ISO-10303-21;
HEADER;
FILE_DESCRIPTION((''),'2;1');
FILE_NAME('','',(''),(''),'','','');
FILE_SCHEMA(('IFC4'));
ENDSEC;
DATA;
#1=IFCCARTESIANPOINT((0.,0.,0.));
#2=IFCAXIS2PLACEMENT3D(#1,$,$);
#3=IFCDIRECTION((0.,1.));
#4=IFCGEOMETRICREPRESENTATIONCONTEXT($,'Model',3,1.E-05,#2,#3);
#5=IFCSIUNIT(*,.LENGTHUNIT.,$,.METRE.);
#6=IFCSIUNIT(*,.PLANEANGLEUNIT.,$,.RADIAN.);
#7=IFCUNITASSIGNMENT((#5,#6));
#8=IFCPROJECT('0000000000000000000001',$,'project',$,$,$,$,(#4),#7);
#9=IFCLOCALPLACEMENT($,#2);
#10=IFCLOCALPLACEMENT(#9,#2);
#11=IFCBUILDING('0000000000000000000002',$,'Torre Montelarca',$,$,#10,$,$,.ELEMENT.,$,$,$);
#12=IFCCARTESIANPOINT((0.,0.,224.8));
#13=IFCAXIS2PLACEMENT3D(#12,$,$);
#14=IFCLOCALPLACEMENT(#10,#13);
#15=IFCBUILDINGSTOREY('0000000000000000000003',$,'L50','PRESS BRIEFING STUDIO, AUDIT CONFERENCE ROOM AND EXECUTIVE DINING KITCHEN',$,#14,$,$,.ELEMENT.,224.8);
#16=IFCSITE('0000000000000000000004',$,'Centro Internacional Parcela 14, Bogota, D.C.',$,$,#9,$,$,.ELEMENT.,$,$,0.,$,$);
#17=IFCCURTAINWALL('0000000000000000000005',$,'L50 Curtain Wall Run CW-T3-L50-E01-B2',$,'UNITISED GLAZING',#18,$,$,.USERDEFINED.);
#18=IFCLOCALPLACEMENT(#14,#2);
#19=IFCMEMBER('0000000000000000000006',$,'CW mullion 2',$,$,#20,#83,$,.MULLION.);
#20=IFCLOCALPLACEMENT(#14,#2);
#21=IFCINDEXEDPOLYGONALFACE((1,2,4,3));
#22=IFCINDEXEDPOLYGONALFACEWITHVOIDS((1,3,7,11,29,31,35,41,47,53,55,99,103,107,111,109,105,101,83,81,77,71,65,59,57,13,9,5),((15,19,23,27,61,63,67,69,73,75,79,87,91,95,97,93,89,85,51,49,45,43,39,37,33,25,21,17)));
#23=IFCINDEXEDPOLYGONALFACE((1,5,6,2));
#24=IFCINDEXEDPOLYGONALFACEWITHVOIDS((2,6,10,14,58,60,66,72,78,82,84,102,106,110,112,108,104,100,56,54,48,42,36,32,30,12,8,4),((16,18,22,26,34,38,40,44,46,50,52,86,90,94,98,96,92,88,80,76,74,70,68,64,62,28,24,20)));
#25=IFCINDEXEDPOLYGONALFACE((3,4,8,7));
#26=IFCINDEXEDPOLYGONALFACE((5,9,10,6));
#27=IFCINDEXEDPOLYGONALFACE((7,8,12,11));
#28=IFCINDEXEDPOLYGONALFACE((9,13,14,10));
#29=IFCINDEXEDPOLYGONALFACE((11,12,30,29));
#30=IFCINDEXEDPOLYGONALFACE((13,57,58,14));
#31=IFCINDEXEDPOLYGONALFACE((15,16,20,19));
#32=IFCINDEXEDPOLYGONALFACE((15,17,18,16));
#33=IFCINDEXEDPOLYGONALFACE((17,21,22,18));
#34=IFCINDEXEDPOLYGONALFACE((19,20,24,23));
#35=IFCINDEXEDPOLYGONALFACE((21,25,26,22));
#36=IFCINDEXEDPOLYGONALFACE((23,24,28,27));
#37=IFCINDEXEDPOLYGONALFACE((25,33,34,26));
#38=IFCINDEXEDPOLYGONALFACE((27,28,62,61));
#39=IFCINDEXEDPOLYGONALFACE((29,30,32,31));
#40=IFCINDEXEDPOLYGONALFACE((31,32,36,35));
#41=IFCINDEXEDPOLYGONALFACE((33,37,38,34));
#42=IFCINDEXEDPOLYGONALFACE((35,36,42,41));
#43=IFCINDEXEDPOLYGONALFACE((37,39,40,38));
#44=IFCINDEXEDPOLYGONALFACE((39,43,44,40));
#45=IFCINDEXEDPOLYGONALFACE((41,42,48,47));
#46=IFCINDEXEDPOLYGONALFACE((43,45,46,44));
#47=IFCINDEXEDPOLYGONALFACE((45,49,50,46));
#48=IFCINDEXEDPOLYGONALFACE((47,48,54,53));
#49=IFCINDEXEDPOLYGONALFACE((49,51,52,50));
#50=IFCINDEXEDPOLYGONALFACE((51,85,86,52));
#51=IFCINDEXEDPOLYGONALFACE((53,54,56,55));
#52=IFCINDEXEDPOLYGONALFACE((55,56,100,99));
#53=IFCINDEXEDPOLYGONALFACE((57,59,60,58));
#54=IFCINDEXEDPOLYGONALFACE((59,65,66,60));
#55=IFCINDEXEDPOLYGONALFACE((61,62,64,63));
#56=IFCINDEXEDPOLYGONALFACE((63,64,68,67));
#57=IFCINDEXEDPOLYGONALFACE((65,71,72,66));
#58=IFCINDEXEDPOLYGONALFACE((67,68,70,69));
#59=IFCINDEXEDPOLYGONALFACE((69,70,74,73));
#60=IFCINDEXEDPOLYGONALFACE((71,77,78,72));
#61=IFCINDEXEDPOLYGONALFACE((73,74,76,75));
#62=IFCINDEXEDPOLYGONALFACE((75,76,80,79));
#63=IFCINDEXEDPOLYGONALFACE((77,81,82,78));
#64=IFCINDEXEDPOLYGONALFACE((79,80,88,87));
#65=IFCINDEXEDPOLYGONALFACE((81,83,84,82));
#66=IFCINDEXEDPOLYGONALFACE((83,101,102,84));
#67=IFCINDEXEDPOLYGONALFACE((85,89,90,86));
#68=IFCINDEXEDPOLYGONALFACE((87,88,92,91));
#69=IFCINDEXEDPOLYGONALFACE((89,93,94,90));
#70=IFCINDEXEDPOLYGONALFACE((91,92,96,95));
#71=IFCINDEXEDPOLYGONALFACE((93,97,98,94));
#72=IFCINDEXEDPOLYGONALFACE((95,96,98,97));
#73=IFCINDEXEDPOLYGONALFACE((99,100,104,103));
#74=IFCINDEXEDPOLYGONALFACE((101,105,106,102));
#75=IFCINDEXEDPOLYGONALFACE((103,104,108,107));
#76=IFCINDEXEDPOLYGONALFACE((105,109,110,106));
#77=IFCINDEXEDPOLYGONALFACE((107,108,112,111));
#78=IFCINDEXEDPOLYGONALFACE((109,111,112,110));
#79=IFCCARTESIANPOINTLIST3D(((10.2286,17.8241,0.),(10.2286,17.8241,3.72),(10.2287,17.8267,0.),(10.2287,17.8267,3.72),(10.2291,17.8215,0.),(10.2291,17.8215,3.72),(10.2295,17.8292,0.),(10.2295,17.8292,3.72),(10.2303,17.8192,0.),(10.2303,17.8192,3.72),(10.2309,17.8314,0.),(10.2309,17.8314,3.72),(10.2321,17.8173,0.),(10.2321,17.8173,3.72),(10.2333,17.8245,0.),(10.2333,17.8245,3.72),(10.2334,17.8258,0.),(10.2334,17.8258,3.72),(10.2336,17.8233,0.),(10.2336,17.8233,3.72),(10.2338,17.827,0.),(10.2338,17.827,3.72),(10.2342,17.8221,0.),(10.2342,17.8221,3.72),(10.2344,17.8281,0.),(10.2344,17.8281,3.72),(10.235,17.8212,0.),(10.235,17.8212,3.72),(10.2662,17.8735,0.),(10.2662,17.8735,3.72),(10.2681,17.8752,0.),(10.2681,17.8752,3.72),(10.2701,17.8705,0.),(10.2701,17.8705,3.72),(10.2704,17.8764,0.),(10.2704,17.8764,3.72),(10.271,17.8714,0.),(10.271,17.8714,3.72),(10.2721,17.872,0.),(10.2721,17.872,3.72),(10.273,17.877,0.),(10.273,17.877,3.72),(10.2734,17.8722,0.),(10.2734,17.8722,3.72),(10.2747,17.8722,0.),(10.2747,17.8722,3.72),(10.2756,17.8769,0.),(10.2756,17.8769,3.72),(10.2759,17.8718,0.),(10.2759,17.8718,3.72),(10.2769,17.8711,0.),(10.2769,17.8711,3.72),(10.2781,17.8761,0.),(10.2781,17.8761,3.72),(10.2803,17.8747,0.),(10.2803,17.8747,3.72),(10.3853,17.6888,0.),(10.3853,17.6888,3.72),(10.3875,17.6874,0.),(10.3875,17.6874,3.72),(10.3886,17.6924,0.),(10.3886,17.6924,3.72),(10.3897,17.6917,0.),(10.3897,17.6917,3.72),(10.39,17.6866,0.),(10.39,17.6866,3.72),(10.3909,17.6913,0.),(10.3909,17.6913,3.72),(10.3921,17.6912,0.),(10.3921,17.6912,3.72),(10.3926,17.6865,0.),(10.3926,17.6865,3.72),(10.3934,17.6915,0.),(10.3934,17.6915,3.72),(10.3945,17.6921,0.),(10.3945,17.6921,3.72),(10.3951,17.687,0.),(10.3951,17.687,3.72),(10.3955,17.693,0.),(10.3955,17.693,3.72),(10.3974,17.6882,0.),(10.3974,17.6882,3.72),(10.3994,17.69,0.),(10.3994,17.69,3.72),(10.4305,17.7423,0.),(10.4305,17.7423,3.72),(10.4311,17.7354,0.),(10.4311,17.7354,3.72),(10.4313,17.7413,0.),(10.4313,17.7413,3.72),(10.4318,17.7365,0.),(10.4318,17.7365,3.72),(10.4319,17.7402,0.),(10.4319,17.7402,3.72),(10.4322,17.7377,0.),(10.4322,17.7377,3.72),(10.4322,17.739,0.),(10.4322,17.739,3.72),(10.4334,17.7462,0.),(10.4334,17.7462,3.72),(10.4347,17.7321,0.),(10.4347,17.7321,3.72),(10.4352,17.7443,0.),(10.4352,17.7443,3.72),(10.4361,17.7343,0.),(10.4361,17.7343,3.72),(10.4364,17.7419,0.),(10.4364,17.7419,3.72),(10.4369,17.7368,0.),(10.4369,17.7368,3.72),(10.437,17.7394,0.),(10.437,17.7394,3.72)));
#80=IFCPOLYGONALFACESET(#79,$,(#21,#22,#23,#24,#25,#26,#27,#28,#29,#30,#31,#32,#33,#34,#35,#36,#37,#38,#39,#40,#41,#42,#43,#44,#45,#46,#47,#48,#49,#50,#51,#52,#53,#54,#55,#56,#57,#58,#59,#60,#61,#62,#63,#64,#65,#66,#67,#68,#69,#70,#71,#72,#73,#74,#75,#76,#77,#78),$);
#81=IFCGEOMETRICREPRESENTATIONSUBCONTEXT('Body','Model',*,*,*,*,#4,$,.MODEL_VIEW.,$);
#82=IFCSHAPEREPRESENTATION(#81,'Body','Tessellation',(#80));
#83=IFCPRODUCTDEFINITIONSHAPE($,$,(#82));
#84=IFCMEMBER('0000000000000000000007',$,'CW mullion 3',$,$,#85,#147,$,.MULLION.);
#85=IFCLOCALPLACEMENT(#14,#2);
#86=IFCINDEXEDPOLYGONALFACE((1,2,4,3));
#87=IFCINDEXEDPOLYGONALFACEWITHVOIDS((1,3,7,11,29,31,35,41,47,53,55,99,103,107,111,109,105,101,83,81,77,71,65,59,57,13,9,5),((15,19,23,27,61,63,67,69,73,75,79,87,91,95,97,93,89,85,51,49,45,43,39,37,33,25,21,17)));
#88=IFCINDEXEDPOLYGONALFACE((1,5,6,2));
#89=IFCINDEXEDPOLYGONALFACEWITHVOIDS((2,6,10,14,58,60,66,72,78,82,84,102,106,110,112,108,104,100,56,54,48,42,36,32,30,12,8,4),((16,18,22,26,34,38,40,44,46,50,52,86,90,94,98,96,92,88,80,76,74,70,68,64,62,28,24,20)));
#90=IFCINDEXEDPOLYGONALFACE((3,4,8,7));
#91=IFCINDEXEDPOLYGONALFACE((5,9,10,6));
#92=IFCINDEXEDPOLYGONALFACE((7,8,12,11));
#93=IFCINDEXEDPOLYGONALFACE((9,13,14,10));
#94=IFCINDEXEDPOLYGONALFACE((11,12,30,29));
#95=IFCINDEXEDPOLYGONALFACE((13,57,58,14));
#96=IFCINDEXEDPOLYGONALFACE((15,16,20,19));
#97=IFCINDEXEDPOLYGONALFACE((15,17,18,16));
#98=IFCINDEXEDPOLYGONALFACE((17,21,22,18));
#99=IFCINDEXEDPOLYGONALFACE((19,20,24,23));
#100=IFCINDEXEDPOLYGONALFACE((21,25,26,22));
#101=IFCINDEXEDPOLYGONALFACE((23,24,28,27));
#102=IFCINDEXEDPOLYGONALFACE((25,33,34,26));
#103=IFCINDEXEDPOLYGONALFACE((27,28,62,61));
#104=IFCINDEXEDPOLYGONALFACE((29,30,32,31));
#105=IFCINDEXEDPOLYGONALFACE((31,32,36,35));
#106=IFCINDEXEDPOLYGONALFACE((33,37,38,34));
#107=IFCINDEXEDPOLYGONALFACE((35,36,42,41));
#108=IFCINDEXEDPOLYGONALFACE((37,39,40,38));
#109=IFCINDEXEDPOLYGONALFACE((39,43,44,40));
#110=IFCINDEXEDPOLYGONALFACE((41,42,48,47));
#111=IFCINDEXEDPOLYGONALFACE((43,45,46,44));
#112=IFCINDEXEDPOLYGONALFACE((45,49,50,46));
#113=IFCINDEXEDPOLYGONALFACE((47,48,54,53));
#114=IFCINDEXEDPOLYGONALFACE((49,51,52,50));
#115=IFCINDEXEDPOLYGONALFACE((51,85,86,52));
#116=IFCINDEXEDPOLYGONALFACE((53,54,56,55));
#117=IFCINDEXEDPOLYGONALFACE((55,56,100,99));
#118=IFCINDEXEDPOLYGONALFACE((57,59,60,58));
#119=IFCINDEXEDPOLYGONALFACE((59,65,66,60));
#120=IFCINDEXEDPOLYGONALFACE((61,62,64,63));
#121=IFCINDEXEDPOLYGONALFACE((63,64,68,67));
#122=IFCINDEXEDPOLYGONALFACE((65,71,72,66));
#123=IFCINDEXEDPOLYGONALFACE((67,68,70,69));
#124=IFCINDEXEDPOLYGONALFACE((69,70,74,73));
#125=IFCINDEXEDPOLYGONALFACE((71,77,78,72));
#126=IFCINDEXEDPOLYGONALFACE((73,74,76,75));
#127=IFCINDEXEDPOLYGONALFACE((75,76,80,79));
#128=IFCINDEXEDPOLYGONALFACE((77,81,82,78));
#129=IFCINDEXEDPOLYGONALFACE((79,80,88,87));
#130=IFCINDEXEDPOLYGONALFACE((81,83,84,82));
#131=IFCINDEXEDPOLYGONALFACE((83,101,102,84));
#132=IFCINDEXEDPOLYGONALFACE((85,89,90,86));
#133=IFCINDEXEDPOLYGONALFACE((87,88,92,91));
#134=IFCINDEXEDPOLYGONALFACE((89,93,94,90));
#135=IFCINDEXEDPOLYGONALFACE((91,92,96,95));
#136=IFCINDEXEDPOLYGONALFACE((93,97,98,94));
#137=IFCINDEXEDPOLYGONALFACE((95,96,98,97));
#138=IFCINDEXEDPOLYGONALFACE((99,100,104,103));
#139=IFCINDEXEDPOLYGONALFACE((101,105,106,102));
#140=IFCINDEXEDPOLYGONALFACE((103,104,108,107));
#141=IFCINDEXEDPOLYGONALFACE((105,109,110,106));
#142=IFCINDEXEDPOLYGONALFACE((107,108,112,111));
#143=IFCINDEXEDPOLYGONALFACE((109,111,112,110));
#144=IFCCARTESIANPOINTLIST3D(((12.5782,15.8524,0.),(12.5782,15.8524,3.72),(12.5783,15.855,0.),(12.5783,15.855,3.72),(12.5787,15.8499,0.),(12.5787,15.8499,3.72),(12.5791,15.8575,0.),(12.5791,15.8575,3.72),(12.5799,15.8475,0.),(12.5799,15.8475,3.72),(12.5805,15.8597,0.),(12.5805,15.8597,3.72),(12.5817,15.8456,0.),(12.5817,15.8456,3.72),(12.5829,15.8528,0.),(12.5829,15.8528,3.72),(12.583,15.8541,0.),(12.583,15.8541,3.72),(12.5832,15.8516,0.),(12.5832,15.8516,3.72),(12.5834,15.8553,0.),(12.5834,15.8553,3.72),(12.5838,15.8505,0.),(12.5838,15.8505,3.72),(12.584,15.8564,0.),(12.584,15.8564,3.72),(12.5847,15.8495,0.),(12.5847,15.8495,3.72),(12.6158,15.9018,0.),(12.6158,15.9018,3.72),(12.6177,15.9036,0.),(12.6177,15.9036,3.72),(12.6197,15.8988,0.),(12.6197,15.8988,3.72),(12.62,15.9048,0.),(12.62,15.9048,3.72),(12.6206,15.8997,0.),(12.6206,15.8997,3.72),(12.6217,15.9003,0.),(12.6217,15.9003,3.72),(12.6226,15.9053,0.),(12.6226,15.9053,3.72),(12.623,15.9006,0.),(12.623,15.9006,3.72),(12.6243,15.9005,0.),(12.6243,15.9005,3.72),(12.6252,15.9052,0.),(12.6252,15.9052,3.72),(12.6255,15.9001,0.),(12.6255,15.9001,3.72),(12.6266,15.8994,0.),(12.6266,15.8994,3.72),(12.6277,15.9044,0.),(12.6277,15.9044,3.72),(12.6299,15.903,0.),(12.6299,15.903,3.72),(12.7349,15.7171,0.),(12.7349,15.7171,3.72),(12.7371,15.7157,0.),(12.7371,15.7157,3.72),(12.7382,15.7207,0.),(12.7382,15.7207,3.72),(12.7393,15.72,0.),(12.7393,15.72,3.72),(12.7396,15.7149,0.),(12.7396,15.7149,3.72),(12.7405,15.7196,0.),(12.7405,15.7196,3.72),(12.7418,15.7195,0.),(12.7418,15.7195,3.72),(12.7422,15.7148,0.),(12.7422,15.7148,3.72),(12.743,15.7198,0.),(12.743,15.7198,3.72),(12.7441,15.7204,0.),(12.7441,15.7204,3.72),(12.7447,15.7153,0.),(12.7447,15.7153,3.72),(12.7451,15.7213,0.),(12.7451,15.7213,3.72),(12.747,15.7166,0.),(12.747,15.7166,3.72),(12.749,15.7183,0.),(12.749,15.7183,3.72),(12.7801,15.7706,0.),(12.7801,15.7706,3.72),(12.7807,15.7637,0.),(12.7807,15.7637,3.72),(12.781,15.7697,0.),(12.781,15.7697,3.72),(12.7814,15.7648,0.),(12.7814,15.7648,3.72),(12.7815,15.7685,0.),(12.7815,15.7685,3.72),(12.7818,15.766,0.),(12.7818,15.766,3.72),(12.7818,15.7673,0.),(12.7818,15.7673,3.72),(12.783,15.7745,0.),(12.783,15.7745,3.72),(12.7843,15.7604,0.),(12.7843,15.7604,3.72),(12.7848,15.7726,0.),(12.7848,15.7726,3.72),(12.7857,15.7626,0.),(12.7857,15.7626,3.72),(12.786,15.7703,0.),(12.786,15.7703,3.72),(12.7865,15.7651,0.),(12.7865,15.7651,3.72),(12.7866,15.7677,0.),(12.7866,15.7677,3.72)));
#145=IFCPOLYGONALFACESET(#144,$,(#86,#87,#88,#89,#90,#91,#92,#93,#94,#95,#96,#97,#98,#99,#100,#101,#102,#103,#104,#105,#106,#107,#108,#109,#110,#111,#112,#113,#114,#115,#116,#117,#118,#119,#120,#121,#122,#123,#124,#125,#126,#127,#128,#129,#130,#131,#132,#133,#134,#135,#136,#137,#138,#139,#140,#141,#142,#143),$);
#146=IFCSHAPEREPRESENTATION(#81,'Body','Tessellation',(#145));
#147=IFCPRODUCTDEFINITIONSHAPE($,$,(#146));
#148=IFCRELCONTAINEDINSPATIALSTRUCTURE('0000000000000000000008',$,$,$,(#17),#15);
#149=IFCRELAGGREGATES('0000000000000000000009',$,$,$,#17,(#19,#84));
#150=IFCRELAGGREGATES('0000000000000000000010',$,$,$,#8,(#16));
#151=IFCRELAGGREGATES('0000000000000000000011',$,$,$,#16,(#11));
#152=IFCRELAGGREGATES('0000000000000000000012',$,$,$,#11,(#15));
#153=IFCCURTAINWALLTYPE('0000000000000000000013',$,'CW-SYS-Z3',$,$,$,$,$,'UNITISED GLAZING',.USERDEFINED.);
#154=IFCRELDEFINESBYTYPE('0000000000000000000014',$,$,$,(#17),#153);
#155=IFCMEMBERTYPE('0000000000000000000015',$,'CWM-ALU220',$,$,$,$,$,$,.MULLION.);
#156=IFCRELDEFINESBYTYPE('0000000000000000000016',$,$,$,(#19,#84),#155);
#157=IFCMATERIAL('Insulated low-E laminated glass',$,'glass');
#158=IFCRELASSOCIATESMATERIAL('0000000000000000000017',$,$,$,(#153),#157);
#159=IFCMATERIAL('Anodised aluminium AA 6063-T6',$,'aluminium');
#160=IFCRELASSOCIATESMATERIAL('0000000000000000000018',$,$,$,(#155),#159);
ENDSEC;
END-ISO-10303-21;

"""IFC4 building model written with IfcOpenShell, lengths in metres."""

from ifc_helpers import new_model, si_unit, direction, frame, origin, origin_2d, place, context, subcontext, project, spatial, hollow_rectangle, extrude, source, transform, mapped, material, material_profile, profile_set, type_object, element, aggregate, save


model = new_model("IFC4")

# Units and contexts
model_context = context("Model", 3, precision=1e-05, world=origin(), true_north=direction((0.0, 1.0)))
body_context = subcontext(model_context, "Body", "Model", "MODEL_VIEW")
ifc_project = project(units=[si_unit("LENGTHUNIT", "METRE"), si_unit("PLANEANGLEUNIT", "RADIAN")], contexts=[model_context])

# Site, building, storey
site_placement = place(None, origin())
site = spatial("IfcSite", under=ifc_project, at=site_placement, Name="Centro Internacional Parcela 14, Bogota, D.C.", CompositionType="ELEMENT", RefElevation=0.0)
building_placement = place(site_placement, origin())
building = spatial("IfcBuilding", under=site, at=building_placement, Name="Torre Montelarca", CompositionType="ELEMENT")
storey_placement = place(building_placement, frame((0.0, 0.0, 224.8)))
storey = spatial("IfcBuildingStorey", under=building, at=storey_placement, Name="L50", Description="PRESS BRIEFING STUDIO, AUDIT CONFERENCE ROOM AND EXECUTIVE DINING KITCHEN", CompositionType="ELEMENT", Elevation=224.8)

# Shared definitions
ifc_material_1 = material(Name="Insulated low-E laminated glass", Category="glass")
curtain_wall_type = type_object("IfcCurtainWallType", Name="CW-SYS-Z3", ElementType="UNITISED GLAZING", PredefinedType="USERDEFINED", material=ifc_material_1)
ifc_material_2 = material(Name="Anodised aluminium AA 6063-T6", Category="aluminium")

# Shared definitions
ifc_material_profile_1 = material_profile(ifc_material_2, hollow_rectangle(XDim=0.075, YDim=0.22, WallThickness=0.0049, InnerFilletRadius=0.0049, OuterFilletRadius=0.01, at=origin_2d()), Name="ALU75X220X5", Category="aluminium")
ifc_profile_set_1 = profile_set([ifc_material_profile_1], Name="Anodised aluminium AA 6063-T6")
member_type_1 = type_object("IfcMemberType", Name="CWM-ALU220", PredefinedType="MULLION", material=ifc_profile_set_1)
shared_shape_1 = source(origin(), body_context, "Body", "SweptSolid", [
    extrude(hollow_rectangle(XDim=0.075, YDim=0.22, WallThickness=0.0049, InnerFilletRadius=0.0049, OuterFilletRadius=0.01, at=origin_2d()), origin(), (0.0, 0.0, 1.0), 3.72),
])

# Curtain wall, members
curtain_wall_1_placement = place(storey_placement, origin())
curtain_wall_1 = element("IfcCurtainWall", 1, at=curtain_wall_1_placement, inside=storey, type_object=curtain_wall_type, Name="L50 Curtain Wall Run CW-T3-L50-E01-B2", ObjectType="UNITISED GLAZING", PredefinedType="USERDEFINED")
member_1_placement = place(storey_placement, frame((10.3328, 17.7817, 0.0), z_axis=(0.0, 0.0, 1.0), x_axis=(0.642793, 0.76604, 0.0)))
member_1 = element("IfcMember", 2, at=member_1_placement, type_object=member_type_1, Name="CW mullion 2", PredefinedType="MULLION", context=body_context, shape_type="MappedRepresentation", body=[
    mapped(shared_shape_1, transform((0.0, 0.0, 0.0), scale=1.0)),
])
member_2_placement = place(storey_placement, frame((12.6824, 15.8101, 0.0), z_axis=(0.0, 0.0, 1.0), x_axis=(0.642793, 0.76604, 0.0)))
member_2 = element("IfcMember", 3, at=member_2_placement, type_object=member_type_1, Name="CW mullion 3", PredefinedType="MULLION", context=body_context, shape_type="MappedRepresentation", body=[
    mapped(shared_shape_1, transform((0.0, 0.0, 0.0), scale=1.0)),
])

aggregate(curtain_wall_1, [member_1, member_2])

save(model, "model.ifc")
